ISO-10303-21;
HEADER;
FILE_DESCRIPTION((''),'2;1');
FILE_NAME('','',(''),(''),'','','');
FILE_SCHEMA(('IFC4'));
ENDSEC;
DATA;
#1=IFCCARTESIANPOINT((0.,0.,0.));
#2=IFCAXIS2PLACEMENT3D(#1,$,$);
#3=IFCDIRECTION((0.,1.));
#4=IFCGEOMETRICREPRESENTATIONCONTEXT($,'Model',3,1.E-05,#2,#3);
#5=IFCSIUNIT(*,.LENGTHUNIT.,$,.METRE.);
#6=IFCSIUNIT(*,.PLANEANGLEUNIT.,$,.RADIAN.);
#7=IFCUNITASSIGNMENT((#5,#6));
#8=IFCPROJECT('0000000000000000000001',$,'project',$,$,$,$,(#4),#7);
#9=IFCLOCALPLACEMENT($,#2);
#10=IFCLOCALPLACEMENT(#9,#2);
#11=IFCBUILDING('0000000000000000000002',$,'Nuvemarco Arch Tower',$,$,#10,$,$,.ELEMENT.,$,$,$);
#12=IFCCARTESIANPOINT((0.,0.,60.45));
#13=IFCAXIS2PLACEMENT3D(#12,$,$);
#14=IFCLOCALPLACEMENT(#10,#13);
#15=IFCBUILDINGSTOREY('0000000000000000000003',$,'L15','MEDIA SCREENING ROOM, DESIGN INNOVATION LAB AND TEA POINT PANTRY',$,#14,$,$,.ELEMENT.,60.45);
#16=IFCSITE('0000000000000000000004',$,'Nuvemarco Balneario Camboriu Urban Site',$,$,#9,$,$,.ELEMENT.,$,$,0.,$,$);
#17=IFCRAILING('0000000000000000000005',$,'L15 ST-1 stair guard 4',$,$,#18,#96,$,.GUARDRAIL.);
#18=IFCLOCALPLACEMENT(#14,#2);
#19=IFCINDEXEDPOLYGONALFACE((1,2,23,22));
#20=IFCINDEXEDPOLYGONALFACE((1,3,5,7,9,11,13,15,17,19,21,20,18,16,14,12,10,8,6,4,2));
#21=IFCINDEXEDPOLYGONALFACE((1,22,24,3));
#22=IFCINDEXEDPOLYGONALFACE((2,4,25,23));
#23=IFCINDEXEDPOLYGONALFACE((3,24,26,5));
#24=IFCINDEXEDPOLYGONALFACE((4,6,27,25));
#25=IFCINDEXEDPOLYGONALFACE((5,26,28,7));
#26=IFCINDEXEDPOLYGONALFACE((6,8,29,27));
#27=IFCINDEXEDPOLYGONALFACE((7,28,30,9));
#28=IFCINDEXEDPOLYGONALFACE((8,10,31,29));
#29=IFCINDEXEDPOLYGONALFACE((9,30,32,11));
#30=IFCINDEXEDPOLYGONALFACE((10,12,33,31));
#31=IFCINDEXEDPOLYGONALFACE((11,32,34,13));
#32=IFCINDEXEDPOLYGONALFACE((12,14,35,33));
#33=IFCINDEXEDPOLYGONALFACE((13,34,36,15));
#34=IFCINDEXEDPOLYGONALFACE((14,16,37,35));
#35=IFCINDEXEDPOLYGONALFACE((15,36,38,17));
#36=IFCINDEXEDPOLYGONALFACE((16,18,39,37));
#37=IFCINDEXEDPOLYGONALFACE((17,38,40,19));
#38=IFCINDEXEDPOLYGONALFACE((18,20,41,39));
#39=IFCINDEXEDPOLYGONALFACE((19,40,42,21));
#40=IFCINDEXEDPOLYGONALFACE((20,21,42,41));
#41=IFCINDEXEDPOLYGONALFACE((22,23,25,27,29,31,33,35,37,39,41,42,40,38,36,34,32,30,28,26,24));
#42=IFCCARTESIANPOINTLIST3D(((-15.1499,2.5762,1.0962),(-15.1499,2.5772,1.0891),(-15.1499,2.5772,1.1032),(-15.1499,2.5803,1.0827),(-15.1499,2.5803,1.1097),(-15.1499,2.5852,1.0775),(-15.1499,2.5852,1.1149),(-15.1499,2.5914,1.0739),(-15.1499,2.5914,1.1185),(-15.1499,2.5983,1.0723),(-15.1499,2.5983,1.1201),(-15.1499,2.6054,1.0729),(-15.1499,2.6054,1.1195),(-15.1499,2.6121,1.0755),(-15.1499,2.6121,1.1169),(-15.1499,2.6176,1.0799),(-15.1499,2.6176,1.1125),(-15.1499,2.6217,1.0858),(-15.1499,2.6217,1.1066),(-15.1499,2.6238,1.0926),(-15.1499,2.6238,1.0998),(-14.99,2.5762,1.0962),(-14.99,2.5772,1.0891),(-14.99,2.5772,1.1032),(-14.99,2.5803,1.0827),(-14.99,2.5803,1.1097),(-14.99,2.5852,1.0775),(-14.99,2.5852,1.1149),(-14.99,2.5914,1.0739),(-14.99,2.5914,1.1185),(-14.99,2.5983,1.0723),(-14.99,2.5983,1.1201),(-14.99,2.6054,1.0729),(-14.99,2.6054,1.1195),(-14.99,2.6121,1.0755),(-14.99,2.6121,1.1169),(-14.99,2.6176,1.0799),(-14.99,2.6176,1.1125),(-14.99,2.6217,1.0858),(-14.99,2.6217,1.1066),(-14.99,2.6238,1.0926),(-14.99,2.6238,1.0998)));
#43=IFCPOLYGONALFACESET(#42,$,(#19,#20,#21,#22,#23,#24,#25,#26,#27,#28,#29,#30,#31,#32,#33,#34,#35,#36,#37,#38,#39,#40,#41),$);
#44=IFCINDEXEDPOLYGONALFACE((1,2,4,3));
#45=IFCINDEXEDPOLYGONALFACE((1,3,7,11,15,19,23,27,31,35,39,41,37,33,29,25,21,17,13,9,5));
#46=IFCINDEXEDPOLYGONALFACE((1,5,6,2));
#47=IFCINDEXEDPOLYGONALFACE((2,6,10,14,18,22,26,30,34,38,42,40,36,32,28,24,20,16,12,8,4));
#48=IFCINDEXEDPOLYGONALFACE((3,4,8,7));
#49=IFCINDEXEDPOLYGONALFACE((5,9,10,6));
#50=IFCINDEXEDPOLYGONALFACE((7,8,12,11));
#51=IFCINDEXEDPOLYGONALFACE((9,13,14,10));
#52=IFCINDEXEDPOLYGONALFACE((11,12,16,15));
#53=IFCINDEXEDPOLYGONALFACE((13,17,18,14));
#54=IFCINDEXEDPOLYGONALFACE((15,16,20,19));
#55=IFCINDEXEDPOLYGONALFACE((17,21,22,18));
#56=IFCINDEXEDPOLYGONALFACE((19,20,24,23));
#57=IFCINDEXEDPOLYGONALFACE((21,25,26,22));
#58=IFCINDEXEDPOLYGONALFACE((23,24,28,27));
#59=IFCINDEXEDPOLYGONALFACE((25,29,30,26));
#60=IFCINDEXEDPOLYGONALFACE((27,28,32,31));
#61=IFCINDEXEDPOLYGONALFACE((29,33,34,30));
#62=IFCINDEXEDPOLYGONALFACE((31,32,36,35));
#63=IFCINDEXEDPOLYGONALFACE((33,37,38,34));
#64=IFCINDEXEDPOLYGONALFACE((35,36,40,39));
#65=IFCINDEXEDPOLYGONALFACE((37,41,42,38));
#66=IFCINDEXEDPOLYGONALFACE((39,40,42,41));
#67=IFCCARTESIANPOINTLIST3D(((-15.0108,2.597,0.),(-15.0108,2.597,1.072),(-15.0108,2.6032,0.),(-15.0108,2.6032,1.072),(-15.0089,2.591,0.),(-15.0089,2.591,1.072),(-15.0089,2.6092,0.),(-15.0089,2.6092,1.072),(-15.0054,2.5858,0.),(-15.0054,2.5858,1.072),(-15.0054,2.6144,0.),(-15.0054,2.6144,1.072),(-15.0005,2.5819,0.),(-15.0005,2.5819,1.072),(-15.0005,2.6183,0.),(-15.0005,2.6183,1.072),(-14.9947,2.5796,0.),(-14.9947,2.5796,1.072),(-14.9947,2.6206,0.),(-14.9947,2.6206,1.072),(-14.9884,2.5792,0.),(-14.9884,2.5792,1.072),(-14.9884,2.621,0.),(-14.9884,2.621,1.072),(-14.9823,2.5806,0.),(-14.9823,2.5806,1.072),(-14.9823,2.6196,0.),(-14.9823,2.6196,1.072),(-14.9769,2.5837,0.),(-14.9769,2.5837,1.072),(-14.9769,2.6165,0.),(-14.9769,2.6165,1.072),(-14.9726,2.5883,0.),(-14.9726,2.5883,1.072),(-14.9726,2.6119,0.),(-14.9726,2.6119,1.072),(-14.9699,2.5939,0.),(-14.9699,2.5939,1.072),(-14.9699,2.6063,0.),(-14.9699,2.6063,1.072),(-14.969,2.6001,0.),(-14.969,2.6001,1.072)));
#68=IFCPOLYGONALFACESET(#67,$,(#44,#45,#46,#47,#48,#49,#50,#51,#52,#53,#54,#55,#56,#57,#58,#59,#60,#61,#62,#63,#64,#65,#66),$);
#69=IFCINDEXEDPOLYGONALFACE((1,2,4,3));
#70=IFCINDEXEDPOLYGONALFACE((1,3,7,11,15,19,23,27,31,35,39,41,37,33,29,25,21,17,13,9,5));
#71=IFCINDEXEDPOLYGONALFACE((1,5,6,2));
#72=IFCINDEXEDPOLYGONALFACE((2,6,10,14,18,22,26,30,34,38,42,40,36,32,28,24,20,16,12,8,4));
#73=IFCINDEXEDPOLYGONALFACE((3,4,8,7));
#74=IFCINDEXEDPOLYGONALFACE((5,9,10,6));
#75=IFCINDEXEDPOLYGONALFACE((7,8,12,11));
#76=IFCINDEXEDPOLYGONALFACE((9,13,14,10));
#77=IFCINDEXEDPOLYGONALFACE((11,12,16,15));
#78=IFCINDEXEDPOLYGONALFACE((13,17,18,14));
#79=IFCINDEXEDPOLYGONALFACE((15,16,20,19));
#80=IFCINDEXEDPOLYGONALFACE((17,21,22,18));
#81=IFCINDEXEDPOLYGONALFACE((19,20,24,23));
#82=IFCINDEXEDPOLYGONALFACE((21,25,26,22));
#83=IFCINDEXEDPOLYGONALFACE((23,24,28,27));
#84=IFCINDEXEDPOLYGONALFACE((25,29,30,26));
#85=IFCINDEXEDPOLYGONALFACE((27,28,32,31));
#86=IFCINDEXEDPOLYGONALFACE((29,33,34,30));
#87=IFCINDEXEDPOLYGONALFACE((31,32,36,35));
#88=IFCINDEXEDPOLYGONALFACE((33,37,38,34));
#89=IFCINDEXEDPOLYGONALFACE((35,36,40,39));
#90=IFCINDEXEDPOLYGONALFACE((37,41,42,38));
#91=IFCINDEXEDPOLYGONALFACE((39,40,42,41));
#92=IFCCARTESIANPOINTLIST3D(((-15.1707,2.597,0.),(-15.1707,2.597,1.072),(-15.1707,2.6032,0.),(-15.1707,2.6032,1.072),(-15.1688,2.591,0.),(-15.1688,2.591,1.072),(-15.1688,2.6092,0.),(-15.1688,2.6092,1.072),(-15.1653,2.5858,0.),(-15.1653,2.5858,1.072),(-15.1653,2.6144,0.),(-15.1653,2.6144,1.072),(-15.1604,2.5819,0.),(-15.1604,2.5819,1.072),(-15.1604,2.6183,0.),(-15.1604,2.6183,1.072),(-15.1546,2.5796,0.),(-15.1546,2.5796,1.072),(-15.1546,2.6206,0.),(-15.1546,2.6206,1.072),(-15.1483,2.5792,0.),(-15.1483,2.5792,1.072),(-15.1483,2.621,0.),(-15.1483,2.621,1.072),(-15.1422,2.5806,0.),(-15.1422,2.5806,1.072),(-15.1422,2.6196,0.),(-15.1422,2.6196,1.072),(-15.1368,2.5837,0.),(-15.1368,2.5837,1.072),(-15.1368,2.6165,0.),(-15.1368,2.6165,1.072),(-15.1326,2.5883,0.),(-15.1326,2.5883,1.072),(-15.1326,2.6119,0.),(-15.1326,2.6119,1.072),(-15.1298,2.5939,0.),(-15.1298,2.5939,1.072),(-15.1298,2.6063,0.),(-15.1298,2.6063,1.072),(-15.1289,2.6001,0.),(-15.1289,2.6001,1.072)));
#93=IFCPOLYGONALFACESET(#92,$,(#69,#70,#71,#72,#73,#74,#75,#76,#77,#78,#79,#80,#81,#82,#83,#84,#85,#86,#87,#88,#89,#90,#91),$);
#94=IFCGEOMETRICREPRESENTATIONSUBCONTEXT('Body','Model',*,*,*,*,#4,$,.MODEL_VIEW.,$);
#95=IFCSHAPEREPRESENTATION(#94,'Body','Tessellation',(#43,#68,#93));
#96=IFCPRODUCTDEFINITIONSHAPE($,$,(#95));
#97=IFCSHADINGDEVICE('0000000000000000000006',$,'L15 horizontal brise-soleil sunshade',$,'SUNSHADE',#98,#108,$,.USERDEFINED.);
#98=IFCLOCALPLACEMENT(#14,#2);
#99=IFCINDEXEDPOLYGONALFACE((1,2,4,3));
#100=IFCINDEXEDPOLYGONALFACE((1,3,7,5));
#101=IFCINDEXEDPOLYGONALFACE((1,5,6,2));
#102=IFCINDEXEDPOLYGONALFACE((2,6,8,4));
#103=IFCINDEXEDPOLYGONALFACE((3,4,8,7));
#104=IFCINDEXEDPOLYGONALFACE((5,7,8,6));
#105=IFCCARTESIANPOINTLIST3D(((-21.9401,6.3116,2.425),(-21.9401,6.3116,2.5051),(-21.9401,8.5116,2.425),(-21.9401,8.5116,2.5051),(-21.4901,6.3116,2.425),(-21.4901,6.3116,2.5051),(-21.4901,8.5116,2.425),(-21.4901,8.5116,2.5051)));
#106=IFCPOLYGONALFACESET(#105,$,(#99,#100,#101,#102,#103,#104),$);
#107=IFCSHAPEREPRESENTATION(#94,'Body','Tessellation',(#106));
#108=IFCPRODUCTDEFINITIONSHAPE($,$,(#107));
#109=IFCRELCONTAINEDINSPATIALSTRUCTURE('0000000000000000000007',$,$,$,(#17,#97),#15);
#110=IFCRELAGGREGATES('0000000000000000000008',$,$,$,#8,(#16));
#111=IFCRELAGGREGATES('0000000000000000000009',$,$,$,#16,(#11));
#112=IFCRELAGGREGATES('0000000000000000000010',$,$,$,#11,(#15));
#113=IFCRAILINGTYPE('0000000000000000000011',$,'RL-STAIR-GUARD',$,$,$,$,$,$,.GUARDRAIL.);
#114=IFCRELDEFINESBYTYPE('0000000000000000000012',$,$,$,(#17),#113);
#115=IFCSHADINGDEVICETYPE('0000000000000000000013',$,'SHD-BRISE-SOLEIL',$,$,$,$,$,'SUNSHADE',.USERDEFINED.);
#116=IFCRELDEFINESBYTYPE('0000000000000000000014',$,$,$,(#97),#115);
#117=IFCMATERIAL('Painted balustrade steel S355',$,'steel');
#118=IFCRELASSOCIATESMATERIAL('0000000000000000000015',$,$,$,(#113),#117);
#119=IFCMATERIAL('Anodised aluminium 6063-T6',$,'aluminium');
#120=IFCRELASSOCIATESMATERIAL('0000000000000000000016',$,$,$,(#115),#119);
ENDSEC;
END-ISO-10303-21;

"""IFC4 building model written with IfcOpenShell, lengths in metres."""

from ifc_helpers import new_model, si_unit, direction, frame, origin, origin_2d, place, context, subcontext, project, spatial, rectangle, circle, extrude, source, transform, mapped, material, type_object, type_shapes, element, save


model = new_model("IFC4")

# Units and contexts
model_context = context("Model", 3, precision=1e-05, world=origin(), true_north=direction((0.0, 1.0)))
body_context = subcontext(model_context, "Body", "Model", "MODEL_VIEW")
ifc_project = project(units=[si_unit("LENGTHUNIT", "METRE"), si_unit("PLANEANGLEUNIT", "RADIAN")], contexts=[model_context])

# Site, building, storey
site_placement = place(None, origin())
site = spatial("IfcSite", under=ifc_project, at=site_placement, Name="Nuvemarco Balneario Camboriu Urban Site", CompositionType="ELEMENT", RefElevation=0.0)
building_placement = place(site_placement, origin())
building = spatial("IfcBuilding", under=site, at=building_placement, Name="Nuvemarco Arch Tower", CompositionType="ELEMENT")
storey_placement = place(building_placement, frame((0.0, 0.0, 60.45)))
storey = spatial("IfcBuildingStorey", under=building, at=storey_placement, Name="L15", Description="MEDIA SCREENING ROOM, DESIGN INNOVATION LAB AND TEA POINT PANTRY", CompositionType="ELEMENT", Elevation=60.45)

# Railing
ifc_material_1 = material(Name="Painted balustrade steel S355", Category="steel")
railing_type_1 = type_object("IfcRailingType", Name="RL-STAIR-GUARD", PredefinedType="GUARDRAIL", material=ifc_material_1)
railing_1_placement = place(storey_placement, frame((-14.99, 2.6001, 0.0)))
element("IfcRailing", 1, at=railing_1_placement, inside=storey, type_object=railing_type_1, Name="L15 ST-1 stair guard 4", PredefinedType="GUARDRAIL", context=body_context, shape_type="SweptSolid", body=[
    extrude(circle(Radius=0.0239, at=origin_2d()), frame((0.0, 0.0, 1.0962), z_axis=(-1.0, 0.0, 0.0), x_axis=(0.0, -1.0, 0.0)), (0.0, 0.0, 1.0), 0.1599),
    extrude(circle(Radius=0.021, at=origin_2d()), origin(), (0.0, 0.0, 1.0), 1.072),
    extrude(circle(Radius=0.021, at=origin_2d()), frame((-0.1599, 0.0, 0.0)), (0.0, 0.0, 1.0), 1.072),
])

# Shading device
ifc_material_2 = material(Name="Anodised aluminium 6063-T6", Category="aluminium")
shading_device_type = type_object("IfcShadingDeviceType", Name="SHD-BRISE-SOLEIL", ElementType="SUNSHADE", PredefinedType="USERDEFINED", material=ifc_material_2)
shared_shape = source(origin(), body_context, "Body", "SweptSolid", [
    extrude(rectangle(XDim=2.2, YDim=0.45, at=origin_2d()), origin(), (0.0, 0.0, 1.0), 0.0801),
])
type_shapes(shading_device_type, [shared_shape])
shading_device_placement = place(storey_placement, frame((-21.7151, 7.4116, 2.425), z_axis=(0.0, 0.0, 1.0), x_axis=(0.0, 1.0, 0.0)))
element("IfcShadingDevice", 2, at=shading_device_placement, inside=storey, type_object=shading_device_type, Name="L15 horizontal brise-soleil sunshade", ObjectType="SUNSHADE", PredefinedType="USERDEFINED", context=body_context, shape_type="MappedRepresentation", body=[
    mapped(shared_shape, transform((0.0, 0.0, 0.0), scale=1.0)),
])

save(model, "model.ifc")
